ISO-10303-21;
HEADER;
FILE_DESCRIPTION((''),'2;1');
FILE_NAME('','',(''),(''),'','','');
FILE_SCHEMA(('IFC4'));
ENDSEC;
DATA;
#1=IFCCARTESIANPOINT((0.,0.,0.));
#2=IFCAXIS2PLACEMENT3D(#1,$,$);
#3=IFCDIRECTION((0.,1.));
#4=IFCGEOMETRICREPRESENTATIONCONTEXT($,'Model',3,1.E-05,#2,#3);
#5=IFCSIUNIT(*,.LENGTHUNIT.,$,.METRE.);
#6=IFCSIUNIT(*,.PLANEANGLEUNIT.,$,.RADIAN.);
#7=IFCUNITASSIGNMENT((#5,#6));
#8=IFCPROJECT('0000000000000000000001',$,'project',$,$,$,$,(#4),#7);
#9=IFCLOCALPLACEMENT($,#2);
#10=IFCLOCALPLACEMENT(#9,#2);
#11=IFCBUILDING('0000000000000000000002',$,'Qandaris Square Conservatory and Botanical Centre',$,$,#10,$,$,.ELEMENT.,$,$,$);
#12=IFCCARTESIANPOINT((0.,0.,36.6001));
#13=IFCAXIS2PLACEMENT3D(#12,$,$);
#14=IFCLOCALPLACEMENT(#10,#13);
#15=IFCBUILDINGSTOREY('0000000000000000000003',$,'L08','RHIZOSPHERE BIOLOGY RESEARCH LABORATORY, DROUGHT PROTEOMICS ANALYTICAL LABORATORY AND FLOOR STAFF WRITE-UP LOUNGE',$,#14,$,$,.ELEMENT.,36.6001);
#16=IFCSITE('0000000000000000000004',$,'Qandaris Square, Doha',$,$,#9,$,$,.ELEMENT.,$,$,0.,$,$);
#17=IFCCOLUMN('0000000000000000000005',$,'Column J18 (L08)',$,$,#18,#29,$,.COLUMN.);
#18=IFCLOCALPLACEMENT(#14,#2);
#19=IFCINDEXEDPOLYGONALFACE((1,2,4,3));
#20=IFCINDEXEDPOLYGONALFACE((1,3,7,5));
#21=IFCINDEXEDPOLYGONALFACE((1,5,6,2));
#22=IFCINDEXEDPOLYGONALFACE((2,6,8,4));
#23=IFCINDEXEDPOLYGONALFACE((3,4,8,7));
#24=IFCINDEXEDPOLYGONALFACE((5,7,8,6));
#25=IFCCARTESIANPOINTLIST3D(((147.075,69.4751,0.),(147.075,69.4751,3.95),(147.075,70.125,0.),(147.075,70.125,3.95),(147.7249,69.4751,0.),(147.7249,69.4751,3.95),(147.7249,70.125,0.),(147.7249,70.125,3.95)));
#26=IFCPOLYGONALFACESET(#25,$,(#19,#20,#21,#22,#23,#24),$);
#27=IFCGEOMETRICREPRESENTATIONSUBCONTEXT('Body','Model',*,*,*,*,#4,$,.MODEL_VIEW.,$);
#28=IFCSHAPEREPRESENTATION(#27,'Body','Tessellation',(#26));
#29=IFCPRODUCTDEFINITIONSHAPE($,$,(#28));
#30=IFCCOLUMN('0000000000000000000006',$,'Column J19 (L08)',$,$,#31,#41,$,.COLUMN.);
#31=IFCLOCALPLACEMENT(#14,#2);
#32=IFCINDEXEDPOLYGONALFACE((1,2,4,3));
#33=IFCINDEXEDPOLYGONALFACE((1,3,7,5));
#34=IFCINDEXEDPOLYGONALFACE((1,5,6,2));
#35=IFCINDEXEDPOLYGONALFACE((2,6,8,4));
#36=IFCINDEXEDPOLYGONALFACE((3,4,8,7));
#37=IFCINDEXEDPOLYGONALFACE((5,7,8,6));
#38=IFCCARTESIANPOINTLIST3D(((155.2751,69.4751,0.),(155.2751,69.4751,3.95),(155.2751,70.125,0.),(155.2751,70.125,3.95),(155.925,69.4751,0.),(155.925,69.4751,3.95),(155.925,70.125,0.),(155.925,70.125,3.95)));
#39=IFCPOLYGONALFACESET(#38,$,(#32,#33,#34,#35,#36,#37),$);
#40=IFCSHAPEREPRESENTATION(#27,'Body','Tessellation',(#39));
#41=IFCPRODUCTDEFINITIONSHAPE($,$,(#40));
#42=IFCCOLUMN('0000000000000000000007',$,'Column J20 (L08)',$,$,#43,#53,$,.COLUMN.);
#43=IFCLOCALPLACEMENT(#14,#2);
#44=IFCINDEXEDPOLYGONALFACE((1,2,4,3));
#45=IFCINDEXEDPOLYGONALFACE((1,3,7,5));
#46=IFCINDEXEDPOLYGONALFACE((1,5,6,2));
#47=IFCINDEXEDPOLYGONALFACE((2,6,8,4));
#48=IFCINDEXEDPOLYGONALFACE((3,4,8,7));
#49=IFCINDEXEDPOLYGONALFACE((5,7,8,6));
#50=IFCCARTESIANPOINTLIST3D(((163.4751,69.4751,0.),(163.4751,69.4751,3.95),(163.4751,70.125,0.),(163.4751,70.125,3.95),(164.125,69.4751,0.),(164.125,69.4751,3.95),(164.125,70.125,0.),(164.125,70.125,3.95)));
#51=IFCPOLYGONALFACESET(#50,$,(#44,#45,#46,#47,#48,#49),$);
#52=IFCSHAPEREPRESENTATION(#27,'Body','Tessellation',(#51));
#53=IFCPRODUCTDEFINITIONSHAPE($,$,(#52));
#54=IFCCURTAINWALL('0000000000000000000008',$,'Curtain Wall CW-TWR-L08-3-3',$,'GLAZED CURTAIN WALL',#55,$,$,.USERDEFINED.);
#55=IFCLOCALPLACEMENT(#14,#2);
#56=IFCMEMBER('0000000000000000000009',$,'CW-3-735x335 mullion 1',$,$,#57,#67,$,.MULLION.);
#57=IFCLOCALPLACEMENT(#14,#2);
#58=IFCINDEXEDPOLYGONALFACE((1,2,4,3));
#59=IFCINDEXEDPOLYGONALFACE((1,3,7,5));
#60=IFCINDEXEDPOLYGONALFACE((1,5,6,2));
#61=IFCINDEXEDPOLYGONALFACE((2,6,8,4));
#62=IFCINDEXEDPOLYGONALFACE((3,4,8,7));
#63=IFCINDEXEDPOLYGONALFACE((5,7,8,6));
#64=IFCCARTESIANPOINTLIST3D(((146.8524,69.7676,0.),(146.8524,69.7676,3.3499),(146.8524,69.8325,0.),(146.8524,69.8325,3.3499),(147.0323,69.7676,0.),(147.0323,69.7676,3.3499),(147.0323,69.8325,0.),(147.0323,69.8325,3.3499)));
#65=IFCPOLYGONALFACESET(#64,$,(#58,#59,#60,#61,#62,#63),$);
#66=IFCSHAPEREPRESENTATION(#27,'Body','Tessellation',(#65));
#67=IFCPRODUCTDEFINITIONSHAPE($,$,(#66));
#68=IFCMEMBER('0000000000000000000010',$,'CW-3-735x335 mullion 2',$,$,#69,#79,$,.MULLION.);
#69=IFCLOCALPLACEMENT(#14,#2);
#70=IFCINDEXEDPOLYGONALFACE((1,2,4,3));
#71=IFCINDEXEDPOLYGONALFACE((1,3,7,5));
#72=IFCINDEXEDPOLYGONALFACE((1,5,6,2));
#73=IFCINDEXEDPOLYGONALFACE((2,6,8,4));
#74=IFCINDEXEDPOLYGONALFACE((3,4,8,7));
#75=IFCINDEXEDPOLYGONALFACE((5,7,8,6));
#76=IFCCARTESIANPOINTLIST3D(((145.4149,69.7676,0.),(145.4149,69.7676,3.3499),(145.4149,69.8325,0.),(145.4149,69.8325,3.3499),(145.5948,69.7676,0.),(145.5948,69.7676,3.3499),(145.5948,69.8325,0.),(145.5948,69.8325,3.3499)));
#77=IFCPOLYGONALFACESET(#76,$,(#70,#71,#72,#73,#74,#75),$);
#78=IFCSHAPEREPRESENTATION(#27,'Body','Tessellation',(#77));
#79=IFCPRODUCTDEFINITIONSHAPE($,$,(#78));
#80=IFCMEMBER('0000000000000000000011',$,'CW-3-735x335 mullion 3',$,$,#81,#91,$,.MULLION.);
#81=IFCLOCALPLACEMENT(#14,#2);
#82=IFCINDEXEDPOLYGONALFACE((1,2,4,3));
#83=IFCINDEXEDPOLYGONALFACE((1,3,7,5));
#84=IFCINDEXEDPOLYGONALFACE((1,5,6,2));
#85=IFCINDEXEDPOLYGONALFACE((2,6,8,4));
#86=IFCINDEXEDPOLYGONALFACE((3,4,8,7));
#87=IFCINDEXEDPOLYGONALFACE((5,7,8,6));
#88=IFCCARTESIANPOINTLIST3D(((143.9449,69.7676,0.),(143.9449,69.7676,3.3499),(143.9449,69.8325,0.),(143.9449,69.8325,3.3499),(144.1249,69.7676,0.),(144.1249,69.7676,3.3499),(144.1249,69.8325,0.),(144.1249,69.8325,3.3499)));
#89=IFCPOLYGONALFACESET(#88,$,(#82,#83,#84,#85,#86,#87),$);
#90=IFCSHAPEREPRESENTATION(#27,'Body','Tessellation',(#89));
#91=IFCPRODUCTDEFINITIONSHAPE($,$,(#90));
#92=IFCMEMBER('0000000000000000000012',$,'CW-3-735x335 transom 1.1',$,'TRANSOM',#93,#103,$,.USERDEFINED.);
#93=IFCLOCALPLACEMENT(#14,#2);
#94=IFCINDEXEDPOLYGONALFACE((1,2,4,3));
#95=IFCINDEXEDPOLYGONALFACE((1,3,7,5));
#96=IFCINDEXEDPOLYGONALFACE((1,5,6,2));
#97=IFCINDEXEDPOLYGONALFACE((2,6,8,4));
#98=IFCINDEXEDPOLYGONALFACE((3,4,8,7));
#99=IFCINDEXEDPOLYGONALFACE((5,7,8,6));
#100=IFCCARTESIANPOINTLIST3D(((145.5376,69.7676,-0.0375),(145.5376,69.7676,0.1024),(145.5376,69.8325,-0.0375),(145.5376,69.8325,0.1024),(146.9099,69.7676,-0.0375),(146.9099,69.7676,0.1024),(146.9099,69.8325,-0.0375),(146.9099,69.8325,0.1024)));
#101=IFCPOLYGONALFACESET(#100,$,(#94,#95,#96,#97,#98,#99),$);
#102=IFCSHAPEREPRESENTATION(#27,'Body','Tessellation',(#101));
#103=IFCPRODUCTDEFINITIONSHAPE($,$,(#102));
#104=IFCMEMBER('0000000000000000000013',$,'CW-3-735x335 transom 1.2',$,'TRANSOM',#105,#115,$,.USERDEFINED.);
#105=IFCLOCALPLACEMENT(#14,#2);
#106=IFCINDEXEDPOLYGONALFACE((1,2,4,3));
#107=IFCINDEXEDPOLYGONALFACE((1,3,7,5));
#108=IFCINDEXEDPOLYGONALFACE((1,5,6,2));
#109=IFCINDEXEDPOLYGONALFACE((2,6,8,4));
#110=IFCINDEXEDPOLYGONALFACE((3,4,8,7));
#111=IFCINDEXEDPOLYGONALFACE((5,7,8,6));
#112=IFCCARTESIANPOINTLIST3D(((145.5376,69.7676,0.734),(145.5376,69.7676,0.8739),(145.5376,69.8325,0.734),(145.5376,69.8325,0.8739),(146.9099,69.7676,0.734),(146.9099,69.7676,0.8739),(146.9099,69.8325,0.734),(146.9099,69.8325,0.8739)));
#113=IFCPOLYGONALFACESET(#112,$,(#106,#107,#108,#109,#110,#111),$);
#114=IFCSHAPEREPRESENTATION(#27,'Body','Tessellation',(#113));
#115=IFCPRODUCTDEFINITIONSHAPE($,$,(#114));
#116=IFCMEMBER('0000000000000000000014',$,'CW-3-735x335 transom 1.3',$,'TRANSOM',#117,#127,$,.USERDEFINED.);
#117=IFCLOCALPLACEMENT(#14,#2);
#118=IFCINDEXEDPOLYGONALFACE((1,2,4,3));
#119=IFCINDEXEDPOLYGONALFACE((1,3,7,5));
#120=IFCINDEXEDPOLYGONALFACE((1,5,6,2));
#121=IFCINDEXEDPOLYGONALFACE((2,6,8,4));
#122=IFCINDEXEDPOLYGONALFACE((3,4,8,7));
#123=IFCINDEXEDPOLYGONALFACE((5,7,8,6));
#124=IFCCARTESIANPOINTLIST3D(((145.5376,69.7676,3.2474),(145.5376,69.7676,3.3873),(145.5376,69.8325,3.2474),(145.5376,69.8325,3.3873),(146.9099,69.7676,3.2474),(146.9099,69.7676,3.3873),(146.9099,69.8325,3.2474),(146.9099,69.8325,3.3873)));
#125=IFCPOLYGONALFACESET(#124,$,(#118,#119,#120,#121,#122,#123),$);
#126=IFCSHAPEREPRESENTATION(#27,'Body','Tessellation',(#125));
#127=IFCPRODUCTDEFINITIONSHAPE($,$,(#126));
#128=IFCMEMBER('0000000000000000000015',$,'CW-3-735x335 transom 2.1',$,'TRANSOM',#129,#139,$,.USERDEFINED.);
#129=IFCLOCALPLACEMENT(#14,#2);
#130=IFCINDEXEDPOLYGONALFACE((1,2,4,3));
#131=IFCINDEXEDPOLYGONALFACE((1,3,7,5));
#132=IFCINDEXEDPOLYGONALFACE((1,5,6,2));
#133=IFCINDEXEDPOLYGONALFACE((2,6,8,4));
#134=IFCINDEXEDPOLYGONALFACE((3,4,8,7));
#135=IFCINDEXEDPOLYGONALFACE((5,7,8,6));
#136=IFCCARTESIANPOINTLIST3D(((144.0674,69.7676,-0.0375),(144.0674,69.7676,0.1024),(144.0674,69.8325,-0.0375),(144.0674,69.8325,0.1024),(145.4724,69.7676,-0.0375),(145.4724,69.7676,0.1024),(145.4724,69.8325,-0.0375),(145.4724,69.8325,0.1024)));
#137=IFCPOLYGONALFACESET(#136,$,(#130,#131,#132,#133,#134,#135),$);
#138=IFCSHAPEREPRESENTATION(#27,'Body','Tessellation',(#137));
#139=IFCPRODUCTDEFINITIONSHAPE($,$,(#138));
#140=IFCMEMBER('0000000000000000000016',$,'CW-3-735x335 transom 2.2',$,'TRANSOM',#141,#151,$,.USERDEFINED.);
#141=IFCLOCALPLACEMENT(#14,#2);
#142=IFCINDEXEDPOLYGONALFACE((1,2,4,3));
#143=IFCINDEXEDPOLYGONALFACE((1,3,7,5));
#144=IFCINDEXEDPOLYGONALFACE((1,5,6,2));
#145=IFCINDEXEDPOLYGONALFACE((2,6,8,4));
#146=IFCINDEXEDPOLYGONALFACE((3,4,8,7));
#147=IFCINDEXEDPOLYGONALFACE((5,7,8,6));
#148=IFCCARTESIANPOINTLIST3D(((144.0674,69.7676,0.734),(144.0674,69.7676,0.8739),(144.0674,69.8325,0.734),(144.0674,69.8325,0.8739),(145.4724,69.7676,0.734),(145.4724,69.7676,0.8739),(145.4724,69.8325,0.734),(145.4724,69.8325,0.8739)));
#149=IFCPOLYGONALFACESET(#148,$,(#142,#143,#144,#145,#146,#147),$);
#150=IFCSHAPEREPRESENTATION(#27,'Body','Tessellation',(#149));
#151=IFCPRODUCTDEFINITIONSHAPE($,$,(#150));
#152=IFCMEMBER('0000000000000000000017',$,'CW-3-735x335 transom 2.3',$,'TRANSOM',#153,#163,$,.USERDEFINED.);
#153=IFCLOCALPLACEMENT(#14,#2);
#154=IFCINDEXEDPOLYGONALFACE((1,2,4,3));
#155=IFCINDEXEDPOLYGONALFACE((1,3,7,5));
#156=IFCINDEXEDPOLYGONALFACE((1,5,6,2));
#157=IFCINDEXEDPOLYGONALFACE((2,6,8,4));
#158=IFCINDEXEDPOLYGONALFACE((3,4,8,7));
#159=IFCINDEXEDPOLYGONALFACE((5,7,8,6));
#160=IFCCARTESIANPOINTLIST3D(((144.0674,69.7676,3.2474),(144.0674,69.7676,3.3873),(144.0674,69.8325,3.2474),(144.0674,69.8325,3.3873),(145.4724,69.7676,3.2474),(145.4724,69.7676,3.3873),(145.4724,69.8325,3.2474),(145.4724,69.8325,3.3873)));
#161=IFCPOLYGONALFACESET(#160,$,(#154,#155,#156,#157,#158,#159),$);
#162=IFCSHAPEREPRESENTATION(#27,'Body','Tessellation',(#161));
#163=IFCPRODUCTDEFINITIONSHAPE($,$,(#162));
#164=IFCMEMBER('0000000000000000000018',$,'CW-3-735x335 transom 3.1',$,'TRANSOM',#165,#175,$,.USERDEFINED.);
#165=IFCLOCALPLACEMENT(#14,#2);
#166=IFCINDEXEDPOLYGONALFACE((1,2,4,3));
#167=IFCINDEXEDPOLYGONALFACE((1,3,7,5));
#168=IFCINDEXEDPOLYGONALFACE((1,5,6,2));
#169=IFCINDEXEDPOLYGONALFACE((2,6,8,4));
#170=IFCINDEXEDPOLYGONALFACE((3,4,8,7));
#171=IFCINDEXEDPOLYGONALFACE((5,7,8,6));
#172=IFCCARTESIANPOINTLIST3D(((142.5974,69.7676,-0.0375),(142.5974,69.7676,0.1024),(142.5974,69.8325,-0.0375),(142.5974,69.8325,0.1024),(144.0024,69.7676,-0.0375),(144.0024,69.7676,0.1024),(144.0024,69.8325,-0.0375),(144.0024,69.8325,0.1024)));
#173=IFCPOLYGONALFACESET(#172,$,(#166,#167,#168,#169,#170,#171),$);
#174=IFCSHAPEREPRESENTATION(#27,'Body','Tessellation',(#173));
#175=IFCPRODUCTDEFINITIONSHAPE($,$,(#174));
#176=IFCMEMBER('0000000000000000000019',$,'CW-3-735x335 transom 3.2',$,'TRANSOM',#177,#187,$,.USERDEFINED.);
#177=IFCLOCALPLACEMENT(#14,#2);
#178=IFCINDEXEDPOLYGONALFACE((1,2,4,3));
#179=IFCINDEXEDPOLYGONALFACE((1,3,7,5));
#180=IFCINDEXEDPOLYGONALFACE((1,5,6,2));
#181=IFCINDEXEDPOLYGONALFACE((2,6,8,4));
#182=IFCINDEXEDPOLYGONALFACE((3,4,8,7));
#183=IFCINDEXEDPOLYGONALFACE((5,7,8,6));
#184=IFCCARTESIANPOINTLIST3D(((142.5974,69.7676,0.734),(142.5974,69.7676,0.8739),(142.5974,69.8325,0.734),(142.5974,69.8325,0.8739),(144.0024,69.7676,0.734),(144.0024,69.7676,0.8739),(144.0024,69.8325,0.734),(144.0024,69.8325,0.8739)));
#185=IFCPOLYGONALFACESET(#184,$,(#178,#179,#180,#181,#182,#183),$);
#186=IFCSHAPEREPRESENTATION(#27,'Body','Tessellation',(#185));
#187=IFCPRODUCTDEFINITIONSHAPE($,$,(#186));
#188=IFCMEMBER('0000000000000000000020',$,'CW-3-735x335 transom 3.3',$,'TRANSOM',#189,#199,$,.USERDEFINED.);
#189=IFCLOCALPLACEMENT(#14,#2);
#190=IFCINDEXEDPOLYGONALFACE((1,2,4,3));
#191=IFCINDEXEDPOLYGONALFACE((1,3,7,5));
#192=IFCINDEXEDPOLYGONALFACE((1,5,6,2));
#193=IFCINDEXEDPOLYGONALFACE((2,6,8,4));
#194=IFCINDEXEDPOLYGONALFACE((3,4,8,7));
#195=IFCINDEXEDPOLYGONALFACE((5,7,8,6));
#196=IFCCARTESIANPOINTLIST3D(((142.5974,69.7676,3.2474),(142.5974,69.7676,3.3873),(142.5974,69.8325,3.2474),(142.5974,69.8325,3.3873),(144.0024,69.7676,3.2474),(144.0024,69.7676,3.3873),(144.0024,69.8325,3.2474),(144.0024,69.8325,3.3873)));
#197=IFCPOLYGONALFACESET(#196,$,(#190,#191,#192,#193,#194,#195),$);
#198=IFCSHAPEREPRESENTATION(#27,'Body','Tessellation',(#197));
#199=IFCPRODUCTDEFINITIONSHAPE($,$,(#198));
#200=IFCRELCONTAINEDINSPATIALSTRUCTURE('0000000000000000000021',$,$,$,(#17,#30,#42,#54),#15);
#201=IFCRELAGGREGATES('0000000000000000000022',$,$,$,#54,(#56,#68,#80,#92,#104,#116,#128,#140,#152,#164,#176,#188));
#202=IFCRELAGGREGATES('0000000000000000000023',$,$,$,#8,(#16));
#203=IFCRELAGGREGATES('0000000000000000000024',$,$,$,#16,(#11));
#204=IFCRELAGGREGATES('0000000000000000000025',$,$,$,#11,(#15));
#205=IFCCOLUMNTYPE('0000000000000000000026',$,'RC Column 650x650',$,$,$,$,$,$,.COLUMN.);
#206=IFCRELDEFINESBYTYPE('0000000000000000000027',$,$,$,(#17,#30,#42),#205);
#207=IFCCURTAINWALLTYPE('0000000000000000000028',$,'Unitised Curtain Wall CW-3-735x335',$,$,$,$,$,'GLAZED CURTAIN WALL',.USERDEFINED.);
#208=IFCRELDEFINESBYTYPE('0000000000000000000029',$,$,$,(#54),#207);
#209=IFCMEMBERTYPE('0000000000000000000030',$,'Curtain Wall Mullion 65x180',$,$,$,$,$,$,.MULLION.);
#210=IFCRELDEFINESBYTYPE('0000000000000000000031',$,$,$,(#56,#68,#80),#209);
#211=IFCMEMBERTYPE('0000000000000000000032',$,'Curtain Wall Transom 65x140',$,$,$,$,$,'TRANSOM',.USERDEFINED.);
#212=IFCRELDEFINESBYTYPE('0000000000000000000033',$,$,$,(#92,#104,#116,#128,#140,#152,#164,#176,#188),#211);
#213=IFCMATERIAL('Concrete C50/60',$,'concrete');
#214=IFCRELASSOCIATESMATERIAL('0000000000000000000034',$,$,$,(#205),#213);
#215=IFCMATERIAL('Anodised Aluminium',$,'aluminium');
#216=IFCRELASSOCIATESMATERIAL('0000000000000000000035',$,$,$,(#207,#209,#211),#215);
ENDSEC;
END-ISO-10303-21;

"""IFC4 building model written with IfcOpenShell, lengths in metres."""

from ifc_helpers import new_model, si_unit, direction, frame, origin, origin_2d, place, context, subcontext, project, spatial, rectangle, extrude, material, material_profile, profile_set, type_object, element, aggregate, save


model = new_model("IFC4")

# Units and contexts
model_context = context("Model", 3, precision=1e-05, world=origin(), true_north=direction((0.0, 1.0)))
body_context = subcontext(model_context, "Body", "Model", "MODEL_VIEW")
ifc_project = project(units=[si_unit("LENGTHUNIT", "METRE"), si_unit("PLANEANGLEUNIT", "RADIAN")], contexts=[model_context])

# Site, building, storey
site_placement = place(None, origin())
site = spatial("IfcSite", under=ifc_project, at=site_placement, Name="Qandaris Square, Doha", CompositionType="ELEMENT", RefElevation=0.0)
building_placement = place(site_placement, origin())
building = spatial("IfcBuilding", under=site, at=building_placement, Name="Qandaris Square Conservatory and Botanical Centre", CompositionType="ELEMENT")
storey_placement = place(building_placement, frame((0.0, 0.0, 36.6001)))
storey = spatial("IfcBuildingStorey", under=building, at=storey_placement, Name="L08", Description="RHIZOSPHERE BIOLOGY RESEARCH LABORATORY, DROUGHT PROTEOMICS ANALYTICAL LABORATORY AND FLOOR STAFF WRITE-UP LOUNGE", CompositionType="ELEMENT", Elevation=36.6001)

# Columns
ifc_material_1 = material(Name="Concrete C50/60", Category="concrete")
ifc_material_profile_1 = material_profile(ifc_material_1, rectangle(XDim=0.6499, YDim=0.6499, at=origin_2d()), Name="RC-COL 650x650")
ifc_profile_set_1 = profile_set([ifc_material_profile_1], Name="Concrete C50/60")
column_type = type_object("IfcColumnType", Name="RC Column 650x650", PredefinedType="COLUMN", material=ifc_profile_set_1)
for number, where, z_axis, x_axis, name in (
    (1, (147.3999, 69.8, 0.0), (0.0, 0.0, 1.0), (1.0, 0.0, 0.0), "Column J18 (L08)"),
    (2, (155.6001, 69.8, 0.0), (0.0, 0.0, 1.0), (1.0, 0.0, 0.0), "Column J19 (L08)"),
    (3, (163.8, 69.8, 0.0), (0.0, 0.0, 1.0), (1.0, 0.0, 0.0), "Column J20 (L08)"),
):
    element("IfcColumn", number, at=place(storey_placement, frame(where, z_axis=z_axis, x_axis=x_axis)), inside=storey, type_object=column_type, Name=name, PredefinedType="COLUMN", context=body_context, shape_type="SweptSolid", body=[
        extrude(rectangle(XDim=0.6499, YDim=0.6499, at=origin_2d()), origin(), (0.0, 0.0, 1.0), 3.95),
    ])

# Curtain wall, members
ifc_material_2 = material(Name="Anodised Aluminium", Category="aluminium")
curtain_wall_type = type_object("IfcCurtainWallType", Name="Unitised Curtain Wall CW-3-735x335", ElementType="GLAZED CURTAIN WALL", PredefinedType="USERDEFINED", material=ifc_material_2)
curtain_wall_placement = place(storey_placement, origin())
curtain_wall = element("IfcCurtainWall", 4, at=curtain_wall_placement, inside=storey, type_object=curtain_wall_type, Name="Curtain Wall CW-TWR-L08-3-3", ObjectType="GLAZED CURTAIN WALL", PredefinedType="USERDEFINED")
ifc_material_profile_2 = material_profile(ifc_material_2, rectangle(XDim=0.0649, YDim=0.1799, at=origin_2d()), Name="ALU-MUL 65x180")
ifc_profile_set_2 = profile_set([ifc_material_profile_2], Name="Anodised Aluminium")
member_type_1 = type_object("IfcMemberType", Name="Curtain Wall Mullion 65x180", PredefinedType="MULLION", material=ifc_profile_set_2)
member_1_placement = place(storey_placement, frame((146.9424, 69.8, 0.0), z_axis=(0.0, 0.0, 1.0), x_axis=(0.0, -1.0, 0.0)))
member_1 = element("IfcMember", 5, at=member_1_placement, type_object=member_type_1, Name="CW-3-735x335 mullion 1", PredefinedType="MULLION", context=body_context, shape_type="SweptSolid", body=[
    extrude(rectangle(XDim=0.0649, YDim=0.1799, at=origin_2d()), origin(), (0.0, 0.0, 1.0), 3.3499),
])
member_2_placement = place(storey_placement, frame((145.5049, 69.8, 0.0), z_axis=(0.0, 0.0, 1.0), x_axis=(0.0, -1.0, 0.0)))
member_2 = element("IfcMember", 6, at=member_2_placement, type_object=member_type_1, Name="CW-3-735x335 mullion 2", PredefinedType="MULLION", context=body_context, shape_type="SweptSolid", body=[
    extrude(rectangle(XDim=0.0649, YDim=0.1799, at=origin_2d()), origin(), (0.0, 0.0, 1.0), 3.3499),
])
member_3_placement = place(storey_placement, frame((144.0349, 69.8, 0.0), z_axis=(0.0, 0.0, 1.0), x_axis=(0.0, -1.0, 0.0)))
member_3 = element("IfcMember", 7, at=member_3_placement, type_object=member_type_1, Name="CW-3-735x335 mullion 3", PredefinedType="MULLION", context=body_context, shape_type="SweptSolid", body=[
    extrude(rectangle(XDim=0.0649, YDim=0.1799, at=origin_2d()), origin(), (0.0, 0.0, 1.0), 3.3499),
])
ifc_material_profile_3 = material_profile(ifc_material_2, rectangle(XDim=0.0649, YDim=0.1399, at=origin_2d()), Name="ALU-TRN 65x140")
ifc_profile_set_3 = profile_set([ifc_material_profile_3], Name="Anodised Aluminium")
member_type_2 = type_object("IfcMemberType", Name="Curtain Wall Transom 65x140", ElementType="TRANSOM", PredefinedType="USERDEFINED", material=ifc_profile_set_3)
member_4_placement = place(storey_placement, frame((146.9099, 69.8, 0.0325), z_axis=(-1.0, 0.0, 0.0), x_axis=(0.0, -1.0, 0.0)))
member_4 = element("IfcMember", 8, at=member_4_placement, type_object=member_type_2, Name="CW-3-735x335 transom 1.1", ObjectType="TRANSOM", PredefinedType="USERDEFINED", context=body_context, shape_type="SweptSolid", body=[
    extrude(rectangle(XDim=0.0649, YDim=0.1399, at=origin_2d()), origin(), (0.0, 0.0, 1.0), 1.3723),
])
member_5_placement = place(storey_placement, frame((146.9099, 69.8, 0.804), z_axis=(-1.0, 0.0, 0.0), x_axis=(0.0, -1.0, 0.0)))
member_5 = element("IfcMember", 9, at=member_5_placement, type_object=member_type_2, Name="CW-3-735x335 transom 1.2", ObjectType="TRANSOM", PredefinedType="USERDEFINED", context=body_context, shape_type="SweptSolid", body=[
    extrude(rectangle(XDim=0.0649, YDim=0.1399, at=origin_2d()), origin(), (0.0, 0.0, 1.0), 1.3723),
])
member_6_placement = place(storey_placement, frame((146.9099, 69.8, 3.3174), z_axis=(-1.0, 0.0, 0.0), x_axis=(0.0, -1.0, 0.0)))
member_6 = element("IfcMember", 10, at=member_6_placement, type_object=member_type_2, Name="CW-3-735x335 transom 1.3", ObjectType="TRANSOM", PredefinedType="USERDEFINED", context=body_context, shape_type="SweptSolid", body=[
    extrude(rectangle(XDim=0.0649, YDim=0.1399, at=origin_2d()), origin(), (0.0, 0.0, 1.0), 1.3723),
])
member_7_placement = place(storey_placement, frame((145.4724, 69.8, 0.0325), z_axis=(-1.0, 0.0, 0.0), x_axis=(0.0, -1.0, 0.0)))
member_7 = element("IfcMember", 11, at=member_7_placement, type_object=member_type_2, Name="CW-3-735x335 transom 2.1", ObjectType="TRANSOM", PredefinedType="USERDEFINED", context=body_context, shape_type="SweptSolid", body=[
    extrude(rectangle(XDim=0.0649, YDim=0.1399, at=origin_2d()), origin(), (0.0, 0.0, 1.0), 1.405),
])
member_8_placement = place(storey_placement, frame((145.4724, 69.8, 0.804), z_axis=(-1.0, 0.0, 0.0), x_axis=(0.0, -1.0, 0.0)))
member_8 = element("IfcMember", 12, at=member_8_placement, type_object=member_type_2, Name="CW-3-735x335 transom 2.2", ObjectType="TRANSOM", PredefinedType="USERDEFINED", context=body_context, shape_type="SweptSolid", body=[
    extrude(rectangle(XDim=0.0649, YDim=0.1399, at=origin_2d()), origin(), (0.0, 0.0, 1.0), 1.405),
])
member_9_placement = place(storey_placement, frame((145.4724, 69.8, 3.3174), z_axis=(-1.0, 0.0, 0.0), x_axis=(0.0, -1.0, 0.0)))
member_9 = element("IfcMember", 13, at=member_9_placement, type_object=member_type_2, Name="CW-3-735x335 transom 2.3", ObjectType="TRANSOM", PredefinedType="USERDEFINED", context=body_context, shape_type="SweptSolid", body=[
    extrude(rectangle(XDim=0.0649, YDim=0.1399, at=origin_2d()), origin(), (0.0, 0.0, 1.0), 1.405),
])
member_10_placement = place(storey_placement, frame((144.0024, 69.8, 0.0325), z_axis=(-1.0, 0.0, 0.0), x_axis=(0.0, -1.0, 0.0)))
member_10 = element("IfcMember", 14, at=member_10_placement, type_object=member_type_2, Name="CW-3-735x335 transom 3.1", ObjectType="TRANSOM", PredefinedType="USERDEFINED", context=body_context, shape_type="SweptSolid", body=[
    extrude(rectangle(XDim=0.0649, YDim=0.1399, at=origin_2d()), origin(), (0.0, 0.0, 1.0), 1.405),
])
member_11_placement = place(storey_placement, frame((144.0024, 69.8, 0.804), z_axis=(-1.0, 0.0, 0.0), x_axis=(0.0, -1.0, 0.0)))
member_11 = element("IfcMember", 15, at=member_11_placement, type_object=member_type_2, Name="CW-3-735x335 transom 3.2", ObjectType="TRANSOM", PredefinedType="USERDEFINED", context=body_context, shape_type="SweptSolid", body=[
    extrude(rectangle(XDim=0.0649, YDim=0.1399, at=origin_2d()), origin(), (0.0, 0.0, 1.0), 1.405),
])
member_12_placement = place(storey_placement, frame((144.0024, 69.8, 3.3174), z_axis=(-1.0, 0.0, 0.0), x_axis=(0.0, -1.0, 0.0)))
member_12 = element("IfcMember", 16, at=member_12_placement, type_object=member_type_2, Name="CW-3-735x335 transom 3.3", ObjectType="TRANSOM", PredefinedType="USERDEFINED", context=body_context, shape_type="SweptSolid", body=[
    extrude(rectangle(XDim=0.0649, YDim=0.1399, at=origin_2d()), origin(), (0.0, 0.0, 1.0), 1.405),
])

aggregate(curtain_wall, [member_1, member_2, member_3, member_4, member_5, member_6, member_7, member_8, member_9, member_10, member_11, member_12])

save(model, "model.ifc")
